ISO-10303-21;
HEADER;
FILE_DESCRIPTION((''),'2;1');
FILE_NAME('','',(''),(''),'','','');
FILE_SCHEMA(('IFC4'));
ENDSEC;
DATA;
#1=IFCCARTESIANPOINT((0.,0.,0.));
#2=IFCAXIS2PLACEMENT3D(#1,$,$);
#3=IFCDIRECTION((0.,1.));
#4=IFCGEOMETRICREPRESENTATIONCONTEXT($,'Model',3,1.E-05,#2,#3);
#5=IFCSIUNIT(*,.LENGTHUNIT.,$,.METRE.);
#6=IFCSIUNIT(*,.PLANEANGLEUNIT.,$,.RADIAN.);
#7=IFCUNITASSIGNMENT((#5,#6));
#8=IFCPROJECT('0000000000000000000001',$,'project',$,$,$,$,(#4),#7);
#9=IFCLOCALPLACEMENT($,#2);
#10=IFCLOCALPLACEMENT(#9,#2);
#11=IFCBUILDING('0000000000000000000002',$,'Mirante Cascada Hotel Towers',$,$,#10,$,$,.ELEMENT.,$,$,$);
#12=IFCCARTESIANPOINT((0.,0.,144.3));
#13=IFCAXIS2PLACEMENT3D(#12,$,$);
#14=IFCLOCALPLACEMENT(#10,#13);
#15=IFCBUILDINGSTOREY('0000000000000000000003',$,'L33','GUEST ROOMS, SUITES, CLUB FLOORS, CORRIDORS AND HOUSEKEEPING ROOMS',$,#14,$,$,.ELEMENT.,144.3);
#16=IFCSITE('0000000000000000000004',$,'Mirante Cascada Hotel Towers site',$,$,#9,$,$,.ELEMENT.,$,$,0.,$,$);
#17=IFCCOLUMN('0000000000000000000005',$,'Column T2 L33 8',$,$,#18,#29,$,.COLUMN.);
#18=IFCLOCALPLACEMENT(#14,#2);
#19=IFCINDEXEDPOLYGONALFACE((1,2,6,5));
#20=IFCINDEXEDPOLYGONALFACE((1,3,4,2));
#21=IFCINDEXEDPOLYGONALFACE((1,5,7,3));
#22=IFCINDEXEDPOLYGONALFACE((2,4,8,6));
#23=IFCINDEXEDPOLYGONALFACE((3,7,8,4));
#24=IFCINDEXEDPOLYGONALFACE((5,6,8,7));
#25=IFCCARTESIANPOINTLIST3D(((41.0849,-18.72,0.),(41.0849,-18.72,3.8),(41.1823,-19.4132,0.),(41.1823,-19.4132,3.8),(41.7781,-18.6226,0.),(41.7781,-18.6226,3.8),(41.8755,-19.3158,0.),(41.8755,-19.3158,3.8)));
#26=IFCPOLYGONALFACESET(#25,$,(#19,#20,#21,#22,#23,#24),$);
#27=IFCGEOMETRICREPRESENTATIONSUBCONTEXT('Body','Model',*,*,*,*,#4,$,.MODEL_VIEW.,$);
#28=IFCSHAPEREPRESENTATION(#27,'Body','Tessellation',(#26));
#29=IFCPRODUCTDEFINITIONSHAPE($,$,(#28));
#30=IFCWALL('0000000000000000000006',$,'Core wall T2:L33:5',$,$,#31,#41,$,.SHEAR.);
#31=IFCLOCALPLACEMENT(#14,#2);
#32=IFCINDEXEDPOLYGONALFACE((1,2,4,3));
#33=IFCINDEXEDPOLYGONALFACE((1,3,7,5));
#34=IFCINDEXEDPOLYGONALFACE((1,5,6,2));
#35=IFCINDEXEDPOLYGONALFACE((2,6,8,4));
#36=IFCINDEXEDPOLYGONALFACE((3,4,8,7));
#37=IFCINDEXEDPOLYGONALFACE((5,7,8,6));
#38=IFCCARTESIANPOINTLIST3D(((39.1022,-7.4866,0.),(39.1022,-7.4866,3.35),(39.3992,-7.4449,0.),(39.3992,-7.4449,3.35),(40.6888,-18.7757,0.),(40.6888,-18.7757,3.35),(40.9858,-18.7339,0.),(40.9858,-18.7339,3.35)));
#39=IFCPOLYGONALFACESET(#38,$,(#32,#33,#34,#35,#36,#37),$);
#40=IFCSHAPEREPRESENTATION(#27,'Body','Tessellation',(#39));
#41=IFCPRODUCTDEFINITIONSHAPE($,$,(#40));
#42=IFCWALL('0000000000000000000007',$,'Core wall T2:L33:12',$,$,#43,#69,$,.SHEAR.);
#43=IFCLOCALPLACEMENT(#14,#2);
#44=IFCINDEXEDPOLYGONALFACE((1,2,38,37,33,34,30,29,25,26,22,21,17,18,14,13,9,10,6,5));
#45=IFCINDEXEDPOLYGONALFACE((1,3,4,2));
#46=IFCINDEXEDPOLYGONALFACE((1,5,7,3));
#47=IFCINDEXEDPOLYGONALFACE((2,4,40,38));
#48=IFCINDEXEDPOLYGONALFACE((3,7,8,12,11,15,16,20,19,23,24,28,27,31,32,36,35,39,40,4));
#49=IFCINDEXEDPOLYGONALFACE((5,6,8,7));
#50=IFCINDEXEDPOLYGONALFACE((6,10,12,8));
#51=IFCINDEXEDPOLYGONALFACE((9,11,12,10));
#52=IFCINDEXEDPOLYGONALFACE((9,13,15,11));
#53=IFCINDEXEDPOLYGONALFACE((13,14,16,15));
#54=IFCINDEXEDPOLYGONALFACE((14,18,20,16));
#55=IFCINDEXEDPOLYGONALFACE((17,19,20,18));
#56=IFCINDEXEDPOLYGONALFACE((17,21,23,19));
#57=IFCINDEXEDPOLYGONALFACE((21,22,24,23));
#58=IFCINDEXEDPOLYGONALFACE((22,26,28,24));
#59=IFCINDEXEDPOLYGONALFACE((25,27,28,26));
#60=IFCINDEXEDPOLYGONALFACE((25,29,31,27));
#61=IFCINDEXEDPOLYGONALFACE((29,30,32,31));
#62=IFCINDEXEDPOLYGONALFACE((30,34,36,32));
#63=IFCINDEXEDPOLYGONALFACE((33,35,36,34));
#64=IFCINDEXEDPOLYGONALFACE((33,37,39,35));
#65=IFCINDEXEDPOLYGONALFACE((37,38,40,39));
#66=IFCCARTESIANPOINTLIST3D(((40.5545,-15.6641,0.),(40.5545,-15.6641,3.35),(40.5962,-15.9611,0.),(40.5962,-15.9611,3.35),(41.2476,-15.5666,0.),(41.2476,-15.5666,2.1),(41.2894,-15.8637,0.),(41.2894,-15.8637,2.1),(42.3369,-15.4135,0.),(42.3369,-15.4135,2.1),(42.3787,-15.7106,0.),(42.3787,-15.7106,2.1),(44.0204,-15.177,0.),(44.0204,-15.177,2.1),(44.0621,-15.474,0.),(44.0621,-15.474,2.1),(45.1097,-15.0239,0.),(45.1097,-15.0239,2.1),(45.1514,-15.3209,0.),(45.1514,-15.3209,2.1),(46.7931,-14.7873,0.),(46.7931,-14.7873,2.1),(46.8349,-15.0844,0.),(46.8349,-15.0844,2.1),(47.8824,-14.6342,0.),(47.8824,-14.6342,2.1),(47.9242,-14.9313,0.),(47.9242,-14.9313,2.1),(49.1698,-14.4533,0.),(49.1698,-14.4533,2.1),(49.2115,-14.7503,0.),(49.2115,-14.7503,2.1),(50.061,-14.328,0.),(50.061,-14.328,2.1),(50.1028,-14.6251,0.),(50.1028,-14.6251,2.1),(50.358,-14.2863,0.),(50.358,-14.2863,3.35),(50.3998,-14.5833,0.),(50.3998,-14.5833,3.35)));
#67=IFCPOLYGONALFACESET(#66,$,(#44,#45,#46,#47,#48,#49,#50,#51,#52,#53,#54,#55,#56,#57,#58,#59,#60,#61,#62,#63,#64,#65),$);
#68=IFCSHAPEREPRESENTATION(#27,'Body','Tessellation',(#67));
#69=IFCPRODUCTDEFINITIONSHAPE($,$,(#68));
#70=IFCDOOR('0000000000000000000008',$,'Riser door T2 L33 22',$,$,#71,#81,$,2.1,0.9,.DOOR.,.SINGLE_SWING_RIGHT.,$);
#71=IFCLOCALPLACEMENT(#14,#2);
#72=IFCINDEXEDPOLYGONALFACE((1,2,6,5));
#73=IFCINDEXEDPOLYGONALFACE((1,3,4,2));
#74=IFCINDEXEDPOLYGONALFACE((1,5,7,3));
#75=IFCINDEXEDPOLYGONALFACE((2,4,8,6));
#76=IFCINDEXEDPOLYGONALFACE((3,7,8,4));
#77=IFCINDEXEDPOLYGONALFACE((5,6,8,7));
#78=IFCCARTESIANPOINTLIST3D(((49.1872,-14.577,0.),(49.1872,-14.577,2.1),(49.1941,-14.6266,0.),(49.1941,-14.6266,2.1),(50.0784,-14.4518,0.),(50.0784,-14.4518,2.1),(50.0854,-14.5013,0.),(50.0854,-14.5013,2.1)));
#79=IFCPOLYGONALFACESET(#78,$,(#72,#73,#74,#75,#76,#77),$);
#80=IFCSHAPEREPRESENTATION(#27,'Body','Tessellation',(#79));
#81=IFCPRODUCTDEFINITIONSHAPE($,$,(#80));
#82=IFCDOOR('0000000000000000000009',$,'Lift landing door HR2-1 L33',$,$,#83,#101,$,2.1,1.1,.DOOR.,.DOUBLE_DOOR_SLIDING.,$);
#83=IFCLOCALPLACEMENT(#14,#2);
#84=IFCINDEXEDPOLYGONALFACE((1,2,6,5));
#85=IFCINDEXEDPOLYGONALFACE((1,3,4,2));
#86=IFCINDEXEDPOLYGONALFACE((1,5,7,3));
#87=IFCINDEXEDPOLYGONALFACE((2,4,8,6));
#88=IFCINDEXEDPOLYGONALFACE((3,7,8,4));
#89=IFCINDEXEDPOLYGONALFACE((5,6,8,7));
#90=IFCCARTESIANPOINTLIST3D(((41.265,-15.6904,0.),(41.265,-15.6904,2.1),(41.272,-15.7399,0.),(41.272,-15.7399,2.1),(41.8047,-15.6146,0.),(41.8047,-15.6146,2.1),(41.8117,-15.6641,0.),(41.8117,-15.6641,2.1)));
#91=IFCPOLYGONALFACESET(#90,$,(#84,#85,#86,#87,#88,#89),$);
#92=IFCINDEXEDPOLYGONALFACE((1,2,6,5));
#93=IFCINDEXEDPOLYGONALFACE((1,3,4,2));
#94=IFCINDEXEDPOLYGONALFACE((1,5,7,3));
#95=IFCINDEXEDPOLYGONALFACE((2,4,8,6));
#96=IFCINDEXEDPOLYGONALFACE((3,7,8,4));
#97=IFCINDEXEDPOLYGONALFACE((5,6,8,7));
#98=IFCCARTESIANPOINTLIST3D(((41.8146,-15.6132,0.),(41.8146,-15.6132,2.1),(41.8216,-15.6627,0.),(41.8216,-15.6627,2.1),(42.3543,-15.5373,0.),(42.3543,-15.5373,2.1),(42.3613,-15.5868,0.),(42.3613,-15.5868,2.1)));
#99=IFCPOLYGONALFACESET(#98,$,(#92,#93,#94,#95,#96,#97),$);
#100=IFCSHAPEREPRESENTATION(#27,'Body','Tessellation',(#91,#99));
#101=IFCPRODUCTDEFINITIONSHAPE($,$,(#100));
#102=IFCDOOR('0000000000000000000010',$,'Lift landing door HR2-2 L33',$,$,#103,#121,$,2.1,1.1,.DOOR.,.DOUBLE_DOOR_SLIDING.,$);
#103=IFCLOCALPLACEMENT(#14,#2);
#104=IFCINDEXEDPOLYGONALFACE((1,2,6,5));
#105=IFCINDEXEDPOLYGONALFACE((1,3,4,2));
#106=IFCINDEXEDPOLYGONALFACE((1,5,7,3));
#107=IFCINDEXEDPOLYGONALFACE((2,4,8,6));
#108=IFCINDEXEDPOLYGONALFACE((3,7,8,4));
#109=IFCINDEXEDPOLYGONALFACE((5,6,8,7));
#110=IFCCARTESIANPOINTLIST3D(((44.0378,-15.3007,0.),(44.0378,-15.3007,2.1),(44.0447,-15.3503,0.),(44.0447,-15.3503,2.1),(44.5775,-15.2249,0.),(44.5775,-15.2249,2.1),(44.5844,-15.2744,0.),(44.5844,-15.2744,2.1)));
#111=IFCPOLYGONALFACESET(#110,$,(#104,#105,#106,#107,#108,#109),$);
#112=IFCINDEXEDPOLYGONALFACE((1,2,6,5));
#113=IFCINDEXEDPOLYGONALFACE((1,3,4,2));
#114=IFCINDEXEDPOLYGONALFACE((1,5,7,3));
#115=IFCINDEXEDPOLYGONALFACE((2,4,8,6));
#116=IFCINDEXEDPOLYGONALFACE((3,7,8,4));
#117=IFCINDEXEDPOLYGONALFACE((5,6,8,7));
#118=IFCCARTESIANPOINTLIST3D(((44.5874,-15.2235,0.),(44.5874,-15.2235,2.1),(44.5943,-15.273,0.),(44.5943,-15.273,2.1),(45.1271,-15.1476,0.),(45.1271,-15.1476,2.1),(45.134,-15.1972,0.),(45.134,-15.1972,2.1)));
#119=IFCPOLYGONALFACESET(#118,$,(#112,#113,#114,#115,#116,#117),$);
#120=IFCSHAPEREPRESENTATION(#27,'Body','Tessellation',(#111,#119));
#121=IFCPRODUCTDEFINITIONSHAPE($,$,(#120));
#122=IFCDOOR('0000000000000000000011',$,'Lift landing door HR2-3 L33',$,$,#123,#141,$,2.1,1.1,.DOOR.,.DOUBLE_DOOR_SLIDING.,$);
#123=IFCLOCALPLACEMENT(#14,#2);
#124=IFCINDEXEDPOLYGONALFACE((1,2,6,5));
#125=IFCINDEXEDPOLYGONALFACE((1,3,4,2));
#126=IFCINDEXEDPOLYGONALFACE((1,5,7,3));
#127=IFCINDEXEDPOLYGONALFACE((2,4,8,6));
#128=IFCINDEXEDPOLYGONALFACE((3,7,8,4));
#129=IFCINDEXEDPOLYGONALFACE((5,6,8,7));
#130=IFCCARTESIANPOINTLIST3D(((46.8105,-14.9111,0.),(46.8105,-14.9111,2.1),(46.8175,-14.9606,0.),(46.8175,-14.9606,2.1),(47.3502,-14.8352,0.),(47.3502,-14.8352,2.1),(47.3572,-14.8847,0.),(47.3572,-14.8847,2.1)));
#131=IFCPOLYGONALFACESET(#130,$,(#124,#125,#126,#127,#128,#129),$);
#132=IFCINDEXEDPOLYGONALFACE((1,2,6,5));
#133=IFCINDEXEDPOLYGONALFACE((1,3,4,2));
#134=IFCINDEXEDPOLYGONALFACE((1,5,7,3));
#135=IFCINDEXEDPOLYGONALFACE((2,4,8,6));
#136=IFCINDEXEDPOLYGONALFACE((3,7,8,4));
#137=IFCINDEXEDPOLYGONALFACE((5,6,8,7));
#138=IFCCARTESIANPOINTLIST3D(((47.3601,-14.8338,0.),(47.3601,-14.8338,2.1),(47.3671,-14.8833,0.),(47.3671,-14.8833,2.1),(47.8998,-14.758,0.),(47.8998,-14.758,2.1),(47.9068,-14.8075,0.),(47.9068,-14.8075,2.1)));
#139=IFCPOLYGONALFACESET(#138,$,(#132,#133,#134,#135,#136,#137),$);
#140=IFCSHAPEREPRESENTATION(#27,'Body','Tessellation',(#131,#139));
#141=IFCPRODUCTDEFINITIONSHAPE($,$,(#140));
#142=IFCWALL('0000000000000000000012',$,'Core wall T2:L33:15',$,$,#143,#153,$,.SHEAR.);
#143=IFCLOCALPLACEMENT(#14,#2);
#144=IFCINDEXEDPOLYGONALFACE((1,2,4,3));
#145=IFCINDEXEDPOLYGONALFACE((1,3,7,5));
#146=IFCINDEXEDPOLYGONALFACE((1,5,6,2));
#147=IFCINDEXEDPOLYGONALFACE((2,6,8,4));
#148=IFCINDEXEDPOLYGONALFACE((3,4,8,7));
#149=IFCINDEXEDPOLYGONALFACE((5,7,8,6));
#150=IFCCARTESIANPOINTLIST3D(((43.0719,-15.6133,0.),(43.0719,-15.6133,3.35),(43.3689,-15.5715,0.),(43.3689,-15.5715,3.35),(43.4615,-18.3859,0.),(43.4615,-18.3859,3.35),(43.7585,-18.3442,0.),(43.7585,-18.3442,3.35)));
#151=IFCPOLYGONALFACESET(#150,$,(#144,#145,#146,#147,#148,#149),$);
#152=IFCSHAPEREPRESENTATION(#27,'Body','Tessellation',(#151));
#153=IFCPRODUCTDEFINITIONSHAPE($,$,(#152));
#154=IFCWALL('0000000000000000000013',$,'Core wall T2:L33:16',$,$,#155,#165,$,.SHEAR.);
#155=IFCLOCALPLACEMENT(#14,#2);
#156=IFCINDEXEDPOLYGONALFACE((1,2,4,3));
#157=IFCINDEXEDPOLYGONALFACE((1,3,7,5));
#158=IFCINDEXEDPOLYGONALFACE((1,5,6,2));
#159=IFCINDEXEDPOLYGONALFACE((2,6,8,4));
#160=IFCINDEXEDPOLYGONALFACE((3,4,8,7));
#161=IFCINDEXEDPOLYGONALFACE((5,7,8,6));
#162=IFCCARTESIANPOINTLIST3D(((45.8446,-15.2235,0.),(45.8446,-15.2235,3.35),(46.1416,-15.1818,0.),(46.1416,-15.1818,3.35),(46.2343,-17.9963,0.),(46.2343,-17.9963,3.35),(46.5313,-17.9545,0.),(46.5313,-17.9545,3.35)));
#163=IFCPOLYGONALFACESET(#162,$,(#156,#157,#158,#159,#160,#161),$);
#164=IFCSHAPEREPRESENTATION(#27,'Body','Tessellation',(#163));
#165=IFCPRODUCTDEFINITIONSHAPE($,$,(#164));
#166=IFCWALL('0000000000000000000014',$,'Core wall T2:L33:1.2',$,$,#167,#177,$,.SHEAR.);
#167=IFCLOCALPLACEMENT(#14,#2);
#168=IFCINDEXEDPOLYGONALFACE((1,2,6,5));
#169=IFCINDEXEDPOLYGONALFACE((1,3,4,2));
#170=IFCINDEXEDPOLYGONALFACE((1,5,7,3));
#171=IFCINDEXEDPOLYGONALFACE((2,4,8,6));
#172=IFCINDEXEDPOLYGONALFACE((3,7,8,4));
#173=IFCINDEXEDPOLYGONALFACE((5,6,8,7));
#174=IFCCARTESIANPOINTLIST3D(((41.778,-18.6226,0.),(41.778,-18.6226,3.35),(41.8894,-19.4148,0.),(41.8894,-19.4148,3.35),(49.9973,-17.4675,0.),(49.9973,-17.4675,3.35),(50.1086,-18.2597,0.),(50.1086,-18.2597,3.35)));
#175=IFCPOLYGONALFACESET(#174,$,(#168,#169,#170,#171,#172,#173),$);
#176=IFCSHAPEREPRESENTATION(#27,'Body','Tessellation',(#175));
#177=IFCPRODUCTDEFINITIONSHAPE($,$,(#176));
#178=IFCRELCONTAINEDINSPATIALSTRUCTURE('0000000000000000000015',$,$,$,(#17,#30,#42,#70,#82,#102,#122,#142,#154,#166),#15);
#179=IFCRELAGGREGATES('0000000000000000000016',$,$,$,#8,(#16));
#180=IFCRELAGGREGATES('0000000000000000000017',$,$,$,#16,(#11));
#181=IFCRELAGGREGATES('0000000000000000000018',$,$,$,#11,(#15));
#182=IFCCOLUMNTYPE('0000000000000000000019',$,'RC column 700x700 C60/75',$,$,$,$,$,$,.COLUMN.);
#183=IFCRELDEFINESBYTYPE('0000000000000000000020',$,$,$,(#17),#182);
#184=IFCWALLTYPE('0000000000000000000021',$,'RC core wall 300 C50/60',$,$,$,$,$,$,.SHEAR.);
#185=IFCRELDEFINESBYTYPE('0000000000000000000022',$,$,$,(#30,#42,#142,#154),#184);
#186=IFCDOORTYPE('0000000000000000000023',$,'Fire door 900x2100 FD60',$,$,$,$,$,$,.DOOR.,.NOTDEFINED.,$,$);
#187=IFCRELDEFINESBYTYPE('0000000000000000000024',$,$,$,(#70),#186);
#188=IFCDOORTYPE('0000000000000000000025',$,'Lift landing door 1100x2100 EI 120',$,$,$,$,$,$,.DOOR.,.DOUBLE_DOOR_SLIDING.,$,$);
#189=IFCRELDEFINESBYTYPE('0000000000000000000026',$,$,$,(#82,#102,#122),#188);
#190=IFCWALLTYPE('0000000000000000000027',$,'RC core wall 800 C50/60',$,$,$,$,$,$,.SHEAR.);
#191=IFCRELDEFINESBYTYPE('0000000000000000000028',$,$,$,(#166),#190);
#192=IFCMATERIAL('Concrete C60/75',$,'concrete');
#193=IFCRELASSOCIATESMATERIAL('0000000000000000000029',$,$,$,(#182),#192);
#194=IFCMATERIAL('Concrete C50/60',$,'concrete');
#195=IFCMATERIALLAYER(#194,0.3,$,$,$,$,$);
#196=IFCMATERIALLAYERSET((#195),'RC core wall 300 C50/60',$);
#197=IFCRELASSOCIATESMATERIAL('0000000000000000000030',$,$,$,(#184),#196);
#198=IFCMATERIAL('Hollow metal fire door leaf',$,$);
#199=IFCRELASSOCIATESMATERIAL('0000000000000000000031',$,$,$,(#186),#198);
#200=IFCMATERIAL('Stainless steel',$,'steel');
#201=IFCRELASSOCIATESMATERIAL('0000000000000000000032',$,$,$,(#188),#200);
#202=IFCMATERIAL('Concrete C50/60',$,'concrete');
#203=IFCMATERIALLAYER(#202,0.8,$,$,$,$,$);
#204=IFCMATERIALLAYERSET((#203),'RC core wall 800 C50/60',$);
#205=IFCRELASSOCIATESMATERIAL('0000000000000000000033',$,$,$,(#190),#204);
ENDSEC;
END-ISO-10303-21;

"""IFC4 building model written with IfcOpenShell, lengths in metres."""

from ifc_helpers import new_model, si_unit, direction, frame, frame_2d, origin, origin_2d, place, context, subcontext, project, spatial, rectangle, extrude, material, layer, layer_set, material_profile, profile_set, type_object, element, fill, save


model = new_model("IFC4")

# Units and contexts
model_context = context("Model", 3, precision=1e-05, world=origin(), true_north=direction((0.0, 1.0)))
body_context = subcontext(model_context, "Body", "Model", "MODEL_VIEW")
ifc_project = project(units=[si_unit("LENGTHUNIT", "METRE"), si_unit("PLANEANGLEUNIT", "RADIAN")], contexts=[model_context])

# Site, building, storey
site_placement = place(None, origin())
site = spatial("IfcSite", under=ifc_project, at=site_placement, Name="Mirante Cascada Hotel Towers site", CompositionType="ELEMENT", RefElevation=0.0)
building_placement = place(site_placement, origin())
building = spatial("IfcBuilding", under=site, at=building_placement, Name="Mirante Cascada Hotel Towers", CompositionType="ELEMENT")
storey_placement = place(building_placement, frame((0.0, 0.0, 144.3)))
storey = spatial("IfcBuildingStorey", under=building, at=storey_placement, Name="L33", Description="GUEST ROOMS, SUITES, CLUB FLOORS, CORRIDORS AND HOUSEKEEPING ROOMS", CompositionType="ELEMENT", Elevation=144.3)

# Column
ifc_material_1 = material(Name="Concrete C60/75", Category="concrete")
ifc_material_profile = material_profile(ifc_material_1, rectangle(XDim=0.7, YDim=0.7, at=origin_2d()), Name="RC column 700x700 C60/75")
ifc_profile_set = profile_set([ifc_material_profile], Name="Concrete C60/75")
column_type = type_object("IfcColumnType", Name="RC column 700x700 C60/75", PredefinedType="COLUMN", material=ifc_profile_set)
column_placement = place(storey_placement, frame((41.4802, -19.0179, 0.0), z_axis=(0.0, 0.0, 1.0), x_axis=(0.990268, 0.139173, 0.0)))
element("IfcColumn", 1, at=column_placement, inside=storey, type_object=column_type, Name="Column T2 L33 8", PredefinedType="COLUMN", context=body_context, shape_type="SweptSolid", body=[
    extrude(rectangle(XDim=0.7, YDim=0.7, at=origin_2d()), origin(), (0.0, 0.0, 1.0), 3.8),
])

# Wall
ifc_material_2 = material(Name="Concrete C50/60", Category="concrete")
ifc_layer_1 = layer(ifc_material_2, 0.3)
ifc_layer_set_1 = layer_set([ifc_layer_1], Name="RC core wall 300 C50/60")
wall_type_1 = type_object("IfcWallType", Name="RC core wall 300 C50/60", PredefinedType="SHEAR", material=ifc_layer_set_1)
wall_1_placement = place(storey_placement, frame((40.8373, -18.7548, 0.0), z_axis=(0.0, 0.0, 1.0), x_axis=(-0.139175, 0.990268, 0.0)))
element("IfcWall", 2, at=wall_1_placement, inside=storey, type_object=wall_type_1, Name="Core wall T2:L33:5", PredefinedType="SHEAR", context=body_context, shape_type="SweptSolid", body=[
    extrude(rectangle(XDim=11.4, YDim=0.3, at=frame_2d((5.7, 0.0))), origin(), (0.0, 0.0, 1.0), 3.35),
])

# Wall, openings, doors
wall_2_placement = place(storey_placement, frame((40.5753, -15.8126, 0.0), z_axis=(0.0, 0.0, 1.0), x_axis=(0.990268, 0.139173, 0.0)))
wall_2 = element("IfcWall", 3, at=wall_2_placement, inside=storey, type_object=wall_type_1, Name="Core wall T2:L33:12", PredefinedType="SHEAR", context=body_context, shape_type="SweptSolid", body=[
    extrude(rectangle(XDim=9.8999, YDim=0.3, at=frame_2d((4.95, 0.0))), origin(), (0.0, 0.0, 1.0), 3.35),
])
opening_1_placement = place(wall_2_placement, frame((0.7, 0.0, 0.0)))
opening_1 = element("IfcOpeningElement", 4, at=opening_1_placement, cuts=wall_2, PredefinedType="OPENING", context=body_context, shape_type="SweptSolid", body=[
    extrude(rectangle(XDim=1.1, YDim=2.1, at=frame_2d((0.55, 1.05))), frame((0.0, 0.15, 0.0), z_axis=(0.0, -1.0, 0.0), x_axis=(1.0, 0.0, 0.0)), (0.0, 0.0, 1.0), 0.3),
])
opening_2_placement = place(wall_2_placement, frame((3.5, 0.0, 0.0)))
opening_2 = element("IfcOpeningElement", 5, at=opening_2_placement, cuts=wall_2, PredefinedType="OPENING", context=body_context, shape_type="SweptSolid", body=[
    extrude(rectangle(XDim=1.1, YDim=2.1, at=frame_2d((0.55, 1.05))), frame((0.0, 0.15, 0.0), z_axis=(0.0, -1.0, 0.0), x_axis=(1.0, 0.0, 0.0)), (0.0, 0.0, 1.0), 0.3),
])
opening_3_placement = place(wall_2_placement, frame((6.3, 0.0, 0.0)))
opening_3 = element("IfcOpeningElement", 6, at=opening_3_placement, cuts=wall_2, PredefinedType="OPENING", context=body_context, shape_type="SweptSolid", body=[
    extrude(rectangle(XDim=1.1, YDim=2.1, at=frame_2d((0.55, 1.05))), frame((0.0, 0.15, 0.0), z_axis=(0.0, -1.0, 0.0), x_axis=(1.0, 0.0, 0.0)), (0.0, 0.0, 1.0), 0.3),
])
opening_4_placement = place(wall_2_placement, frame((8.7, 0.0, 0.0)))
opening_4 = element("IfcOpeningElement", 7, at=opening_4_placement, cuts=wall_2, PredefinedType="OPENING", context=body_context, shape_type="SweptSolid", body=[
    extrude(rectangle(XDim=0.9, YDim=2.1, at=frame_2d((0.45, 1.05))), frame((0.0, 0.15, 0.0), z_axis=(0.0, -1.0, 0.0), x_axis=(1.0, 0.0, 0.0)), (0.0, 0.0, 1.0), 0.3),
])
ifc_material_3 = material(Name="Hollow metal fire door leaf")
door_type_1 = type_object("IfcDoorType", Name="Fire door 900x2100 FD60", OperationType="NOTDEFINED", PredefinedType="DOOR", material=ifc_material_3)
door_1_placement = place(opening_4_placement, frame((0.9, 0.0, 0.0), z_axis=(0.0, 0.0, 1.0), x_axis=(-1.0, 0.0, 0.0)))
door_1 = element("IfcDoor", 8, at=door_1_placement, inside=storey, type_object=door_type_1, Name="Riser door T2 L33 22", OperationType="SINGLE_SWING_RIGHT", OverallHeight=2.1, OverallWidth=0.9, PredefinedType="DOOR", context=body_context, shape_type="SweptSolid", body=[
    extrude(rectangle(XDim=0.9, YDim=2.1, at=frame_2d((0.45, 1.05))), frame((0.0, 0.025, 0.0), z_axis=(0.0, -1.0, 0.0), x_axis=(1.0, 0.0, 0.0)), (0.0, 0.0, 1.0), 0.05),
])
fill(opening_4, door_1)
ifc_material_4 = material(Name="Stainless steel", Category="steel")
door_type_2 = type_object("IfcDoorType", Name="Lift landing door 1100x2100 EI 120", OperationType="DOUBLE_DOOR_SLIDING", PredefinedType="DOOR", material=ifc_material_4)
door_2_placement = place(opening_1_placement, origin())
door_2 = element("IfcDoor", 9, at=door_2_placement, inside=storey, type_object=door_type_2, Name="Lift landing door HR2-1 L33", OperationType="DOUBLE_DOOR_SLIDING", OverallHeight=2.1, OverallWidth=1.1, PredefinedType="DOOR", context=body_context, shape_type="SweptSolid", body=[
    extrude(rectangle(XDim=0.545, YDim=2.1, at=frame_2d((0.2725, 1.05))), frame((0.0, 0.025, 0.0), z_axis=(0.0, -1.0, 0.0), x_axis=(1.0, 0.0, 0.0)), (0.0, 0.0, 1.0), 0.05),
    extrude(rectangle(XDim=0.545, YDim=2.1, at=frame_2d((0.8275, 1.05))), frame((0.0, 0.025, 0.0), z_axis=(0.0, -1.0, 0.0), x_axis=(1.0, 0.0, 0.0)), (0.0, 0.0, 1.0), 0.05),
])
fill(opening_1, door_2)
door_3_placement = place(opening_2_placement, origin())
door_3 = element("IfcDoor", 10, at=door_3_placement, inside=storey, type_object=door_type_2, Name="Lift landing door HR2-2 L33", OperationType="DOUBLE_DOOR_SLIDING", OverallHeight=2.1, OverallWidth=1.1, PredefinedType="DOOR", context=body_context, shape_type="SweptSolid", body=[
    extrude(rectangle(XDim=0.545, YDim=2.1, at=frame_2d((0.2725, 1.05))), frame((0.0, 0.025, 0.0), z_axis=(0.0, -1.0, 0.0), x_axis=(1.0, 0.0, 0.0)), (0.0, 0.0, 1.0), 0.05),
    extrude(rectangle(XDim=0.545, YDim=2.1, at=frame_2d((0.8275, 1.05))), frame((0.0, 0.025, 0.0), z_axis=(0.0, -1.0, 0.0), x_axis=(1.0, 0.0, 0.0)), (0.0, 0.0, 1.0), 0.05),
])
fill(opening_2, door_3)
door_4_placement = place(opening_3_placement, origin())
door_4 = element("IfcDoor", 11, at=door_4_placement, inside=storey, type_object=door_type_2, Name="Lift landing door HR2-3 L33", OperationType="DOUBLE_DOOR_SLIDING", OverallHeight=2.1, OverallWidth=1.1, PredefinedType="DOOR", context=body_context, shape_type="SweptSolid", body=[
    extrude(rectangle(XDim=0.545, YDim=2.1, at=frame_2d((0.2725, 1.05))), frame((0.0, 0.025, 0.0), z_axis=(0.0, -1.0, 0.0), x_axis=(1.0, 0.0, 0.0)), (0.0, 0.0, 1.0), 0.05),
    extrude(rectangle(XDim=0.545, YDim=2.1, at=frame_2d((0.8275, 1.05))), frame((0.0, 0.025, 0.0), z_axis=(0.0, -1.0, 0.0), x_axis=(1.0, 0.0, 0.0)), (0.0, 0.0, 1.0), 0.05),
])
fill(opening_3, door_4)

# Walls
wall_3_placement = place(storey_placement, frame((43.61, -18.3651, 0.0), z_axis=(0.0, 0.0, 1.0), x_axis=(-0.139146, 0.990272, 0.0)))
element("IfcWall", 12, at=wall_3_placement, inside=storey, type_object=wall_type_1, Name="Core wall T2:L33:15", PredefinedType="SHEAR", context=body_context, shape_type="SweptSolid", body=[
    extrude(rectangle(XDim=2.7999, YDim=0.3, at=frame_2d((1.4, 0.0))), origin(), (0.0, 0.0, 1.0), 3.35),
])
wall_4_placement = place(storey_placement, frame((46.3828, -17.9754, 0.0), z_axis=(0.0, 0.0, 1.0), x_axis=(-0.139181, 0.990267, 0.0)))
element("IfcWall", 13, at=wall_4_placement, inside=storey, type_object=wall_type_1, Name="Core wall T2:L33:16", PredefinedType="SHEAR", context=body_context, shape_type="SweptSolid", body=[
    extrude(rectangle(XDim=2.8, YDim=0.3, at=frame_2d((1.4, 0.0))), origin(), (0.0, 0.0, 1.0), 3.35),
])
ifc_material_5 = material(Name="Concrete C50/60", Category="concrete")
ifc_layer_2 = layer(ifc_material_5, 0.8)
ifc_layer_set_2 = layer_set([ifc_layer_2], Name="RC core wall 800 C50/60")
wall_type_2 = type_object("IfcWallType", Name="RC core wall 800 C50/60", PredefinedType="SHEAR", material=ifc_layer_set_2)
wall_5_placement = place(storey_placement, frame((41.8337, -19.0187, 0.0), z_axis=(0.0, 0.0, 1.0), x_axis=(0.990269, 0.139169, 0.0)))
element("IfcWall", 14, at=wall_5_placement, inside=storey, type_object=wall_type_2, Name="Core wall T2:L33:1.2", PredefinedType="SHEAR", context=body_context, shape_type="SweptSolid", body=[
    extrude(rectangle(XDim=8.3, YDim=0.8, at=frame_2d((4.15, 0.0))), origin(), (0.0, 0.0, 1.0), 3.35),
])

save(model, "model.ifc")
